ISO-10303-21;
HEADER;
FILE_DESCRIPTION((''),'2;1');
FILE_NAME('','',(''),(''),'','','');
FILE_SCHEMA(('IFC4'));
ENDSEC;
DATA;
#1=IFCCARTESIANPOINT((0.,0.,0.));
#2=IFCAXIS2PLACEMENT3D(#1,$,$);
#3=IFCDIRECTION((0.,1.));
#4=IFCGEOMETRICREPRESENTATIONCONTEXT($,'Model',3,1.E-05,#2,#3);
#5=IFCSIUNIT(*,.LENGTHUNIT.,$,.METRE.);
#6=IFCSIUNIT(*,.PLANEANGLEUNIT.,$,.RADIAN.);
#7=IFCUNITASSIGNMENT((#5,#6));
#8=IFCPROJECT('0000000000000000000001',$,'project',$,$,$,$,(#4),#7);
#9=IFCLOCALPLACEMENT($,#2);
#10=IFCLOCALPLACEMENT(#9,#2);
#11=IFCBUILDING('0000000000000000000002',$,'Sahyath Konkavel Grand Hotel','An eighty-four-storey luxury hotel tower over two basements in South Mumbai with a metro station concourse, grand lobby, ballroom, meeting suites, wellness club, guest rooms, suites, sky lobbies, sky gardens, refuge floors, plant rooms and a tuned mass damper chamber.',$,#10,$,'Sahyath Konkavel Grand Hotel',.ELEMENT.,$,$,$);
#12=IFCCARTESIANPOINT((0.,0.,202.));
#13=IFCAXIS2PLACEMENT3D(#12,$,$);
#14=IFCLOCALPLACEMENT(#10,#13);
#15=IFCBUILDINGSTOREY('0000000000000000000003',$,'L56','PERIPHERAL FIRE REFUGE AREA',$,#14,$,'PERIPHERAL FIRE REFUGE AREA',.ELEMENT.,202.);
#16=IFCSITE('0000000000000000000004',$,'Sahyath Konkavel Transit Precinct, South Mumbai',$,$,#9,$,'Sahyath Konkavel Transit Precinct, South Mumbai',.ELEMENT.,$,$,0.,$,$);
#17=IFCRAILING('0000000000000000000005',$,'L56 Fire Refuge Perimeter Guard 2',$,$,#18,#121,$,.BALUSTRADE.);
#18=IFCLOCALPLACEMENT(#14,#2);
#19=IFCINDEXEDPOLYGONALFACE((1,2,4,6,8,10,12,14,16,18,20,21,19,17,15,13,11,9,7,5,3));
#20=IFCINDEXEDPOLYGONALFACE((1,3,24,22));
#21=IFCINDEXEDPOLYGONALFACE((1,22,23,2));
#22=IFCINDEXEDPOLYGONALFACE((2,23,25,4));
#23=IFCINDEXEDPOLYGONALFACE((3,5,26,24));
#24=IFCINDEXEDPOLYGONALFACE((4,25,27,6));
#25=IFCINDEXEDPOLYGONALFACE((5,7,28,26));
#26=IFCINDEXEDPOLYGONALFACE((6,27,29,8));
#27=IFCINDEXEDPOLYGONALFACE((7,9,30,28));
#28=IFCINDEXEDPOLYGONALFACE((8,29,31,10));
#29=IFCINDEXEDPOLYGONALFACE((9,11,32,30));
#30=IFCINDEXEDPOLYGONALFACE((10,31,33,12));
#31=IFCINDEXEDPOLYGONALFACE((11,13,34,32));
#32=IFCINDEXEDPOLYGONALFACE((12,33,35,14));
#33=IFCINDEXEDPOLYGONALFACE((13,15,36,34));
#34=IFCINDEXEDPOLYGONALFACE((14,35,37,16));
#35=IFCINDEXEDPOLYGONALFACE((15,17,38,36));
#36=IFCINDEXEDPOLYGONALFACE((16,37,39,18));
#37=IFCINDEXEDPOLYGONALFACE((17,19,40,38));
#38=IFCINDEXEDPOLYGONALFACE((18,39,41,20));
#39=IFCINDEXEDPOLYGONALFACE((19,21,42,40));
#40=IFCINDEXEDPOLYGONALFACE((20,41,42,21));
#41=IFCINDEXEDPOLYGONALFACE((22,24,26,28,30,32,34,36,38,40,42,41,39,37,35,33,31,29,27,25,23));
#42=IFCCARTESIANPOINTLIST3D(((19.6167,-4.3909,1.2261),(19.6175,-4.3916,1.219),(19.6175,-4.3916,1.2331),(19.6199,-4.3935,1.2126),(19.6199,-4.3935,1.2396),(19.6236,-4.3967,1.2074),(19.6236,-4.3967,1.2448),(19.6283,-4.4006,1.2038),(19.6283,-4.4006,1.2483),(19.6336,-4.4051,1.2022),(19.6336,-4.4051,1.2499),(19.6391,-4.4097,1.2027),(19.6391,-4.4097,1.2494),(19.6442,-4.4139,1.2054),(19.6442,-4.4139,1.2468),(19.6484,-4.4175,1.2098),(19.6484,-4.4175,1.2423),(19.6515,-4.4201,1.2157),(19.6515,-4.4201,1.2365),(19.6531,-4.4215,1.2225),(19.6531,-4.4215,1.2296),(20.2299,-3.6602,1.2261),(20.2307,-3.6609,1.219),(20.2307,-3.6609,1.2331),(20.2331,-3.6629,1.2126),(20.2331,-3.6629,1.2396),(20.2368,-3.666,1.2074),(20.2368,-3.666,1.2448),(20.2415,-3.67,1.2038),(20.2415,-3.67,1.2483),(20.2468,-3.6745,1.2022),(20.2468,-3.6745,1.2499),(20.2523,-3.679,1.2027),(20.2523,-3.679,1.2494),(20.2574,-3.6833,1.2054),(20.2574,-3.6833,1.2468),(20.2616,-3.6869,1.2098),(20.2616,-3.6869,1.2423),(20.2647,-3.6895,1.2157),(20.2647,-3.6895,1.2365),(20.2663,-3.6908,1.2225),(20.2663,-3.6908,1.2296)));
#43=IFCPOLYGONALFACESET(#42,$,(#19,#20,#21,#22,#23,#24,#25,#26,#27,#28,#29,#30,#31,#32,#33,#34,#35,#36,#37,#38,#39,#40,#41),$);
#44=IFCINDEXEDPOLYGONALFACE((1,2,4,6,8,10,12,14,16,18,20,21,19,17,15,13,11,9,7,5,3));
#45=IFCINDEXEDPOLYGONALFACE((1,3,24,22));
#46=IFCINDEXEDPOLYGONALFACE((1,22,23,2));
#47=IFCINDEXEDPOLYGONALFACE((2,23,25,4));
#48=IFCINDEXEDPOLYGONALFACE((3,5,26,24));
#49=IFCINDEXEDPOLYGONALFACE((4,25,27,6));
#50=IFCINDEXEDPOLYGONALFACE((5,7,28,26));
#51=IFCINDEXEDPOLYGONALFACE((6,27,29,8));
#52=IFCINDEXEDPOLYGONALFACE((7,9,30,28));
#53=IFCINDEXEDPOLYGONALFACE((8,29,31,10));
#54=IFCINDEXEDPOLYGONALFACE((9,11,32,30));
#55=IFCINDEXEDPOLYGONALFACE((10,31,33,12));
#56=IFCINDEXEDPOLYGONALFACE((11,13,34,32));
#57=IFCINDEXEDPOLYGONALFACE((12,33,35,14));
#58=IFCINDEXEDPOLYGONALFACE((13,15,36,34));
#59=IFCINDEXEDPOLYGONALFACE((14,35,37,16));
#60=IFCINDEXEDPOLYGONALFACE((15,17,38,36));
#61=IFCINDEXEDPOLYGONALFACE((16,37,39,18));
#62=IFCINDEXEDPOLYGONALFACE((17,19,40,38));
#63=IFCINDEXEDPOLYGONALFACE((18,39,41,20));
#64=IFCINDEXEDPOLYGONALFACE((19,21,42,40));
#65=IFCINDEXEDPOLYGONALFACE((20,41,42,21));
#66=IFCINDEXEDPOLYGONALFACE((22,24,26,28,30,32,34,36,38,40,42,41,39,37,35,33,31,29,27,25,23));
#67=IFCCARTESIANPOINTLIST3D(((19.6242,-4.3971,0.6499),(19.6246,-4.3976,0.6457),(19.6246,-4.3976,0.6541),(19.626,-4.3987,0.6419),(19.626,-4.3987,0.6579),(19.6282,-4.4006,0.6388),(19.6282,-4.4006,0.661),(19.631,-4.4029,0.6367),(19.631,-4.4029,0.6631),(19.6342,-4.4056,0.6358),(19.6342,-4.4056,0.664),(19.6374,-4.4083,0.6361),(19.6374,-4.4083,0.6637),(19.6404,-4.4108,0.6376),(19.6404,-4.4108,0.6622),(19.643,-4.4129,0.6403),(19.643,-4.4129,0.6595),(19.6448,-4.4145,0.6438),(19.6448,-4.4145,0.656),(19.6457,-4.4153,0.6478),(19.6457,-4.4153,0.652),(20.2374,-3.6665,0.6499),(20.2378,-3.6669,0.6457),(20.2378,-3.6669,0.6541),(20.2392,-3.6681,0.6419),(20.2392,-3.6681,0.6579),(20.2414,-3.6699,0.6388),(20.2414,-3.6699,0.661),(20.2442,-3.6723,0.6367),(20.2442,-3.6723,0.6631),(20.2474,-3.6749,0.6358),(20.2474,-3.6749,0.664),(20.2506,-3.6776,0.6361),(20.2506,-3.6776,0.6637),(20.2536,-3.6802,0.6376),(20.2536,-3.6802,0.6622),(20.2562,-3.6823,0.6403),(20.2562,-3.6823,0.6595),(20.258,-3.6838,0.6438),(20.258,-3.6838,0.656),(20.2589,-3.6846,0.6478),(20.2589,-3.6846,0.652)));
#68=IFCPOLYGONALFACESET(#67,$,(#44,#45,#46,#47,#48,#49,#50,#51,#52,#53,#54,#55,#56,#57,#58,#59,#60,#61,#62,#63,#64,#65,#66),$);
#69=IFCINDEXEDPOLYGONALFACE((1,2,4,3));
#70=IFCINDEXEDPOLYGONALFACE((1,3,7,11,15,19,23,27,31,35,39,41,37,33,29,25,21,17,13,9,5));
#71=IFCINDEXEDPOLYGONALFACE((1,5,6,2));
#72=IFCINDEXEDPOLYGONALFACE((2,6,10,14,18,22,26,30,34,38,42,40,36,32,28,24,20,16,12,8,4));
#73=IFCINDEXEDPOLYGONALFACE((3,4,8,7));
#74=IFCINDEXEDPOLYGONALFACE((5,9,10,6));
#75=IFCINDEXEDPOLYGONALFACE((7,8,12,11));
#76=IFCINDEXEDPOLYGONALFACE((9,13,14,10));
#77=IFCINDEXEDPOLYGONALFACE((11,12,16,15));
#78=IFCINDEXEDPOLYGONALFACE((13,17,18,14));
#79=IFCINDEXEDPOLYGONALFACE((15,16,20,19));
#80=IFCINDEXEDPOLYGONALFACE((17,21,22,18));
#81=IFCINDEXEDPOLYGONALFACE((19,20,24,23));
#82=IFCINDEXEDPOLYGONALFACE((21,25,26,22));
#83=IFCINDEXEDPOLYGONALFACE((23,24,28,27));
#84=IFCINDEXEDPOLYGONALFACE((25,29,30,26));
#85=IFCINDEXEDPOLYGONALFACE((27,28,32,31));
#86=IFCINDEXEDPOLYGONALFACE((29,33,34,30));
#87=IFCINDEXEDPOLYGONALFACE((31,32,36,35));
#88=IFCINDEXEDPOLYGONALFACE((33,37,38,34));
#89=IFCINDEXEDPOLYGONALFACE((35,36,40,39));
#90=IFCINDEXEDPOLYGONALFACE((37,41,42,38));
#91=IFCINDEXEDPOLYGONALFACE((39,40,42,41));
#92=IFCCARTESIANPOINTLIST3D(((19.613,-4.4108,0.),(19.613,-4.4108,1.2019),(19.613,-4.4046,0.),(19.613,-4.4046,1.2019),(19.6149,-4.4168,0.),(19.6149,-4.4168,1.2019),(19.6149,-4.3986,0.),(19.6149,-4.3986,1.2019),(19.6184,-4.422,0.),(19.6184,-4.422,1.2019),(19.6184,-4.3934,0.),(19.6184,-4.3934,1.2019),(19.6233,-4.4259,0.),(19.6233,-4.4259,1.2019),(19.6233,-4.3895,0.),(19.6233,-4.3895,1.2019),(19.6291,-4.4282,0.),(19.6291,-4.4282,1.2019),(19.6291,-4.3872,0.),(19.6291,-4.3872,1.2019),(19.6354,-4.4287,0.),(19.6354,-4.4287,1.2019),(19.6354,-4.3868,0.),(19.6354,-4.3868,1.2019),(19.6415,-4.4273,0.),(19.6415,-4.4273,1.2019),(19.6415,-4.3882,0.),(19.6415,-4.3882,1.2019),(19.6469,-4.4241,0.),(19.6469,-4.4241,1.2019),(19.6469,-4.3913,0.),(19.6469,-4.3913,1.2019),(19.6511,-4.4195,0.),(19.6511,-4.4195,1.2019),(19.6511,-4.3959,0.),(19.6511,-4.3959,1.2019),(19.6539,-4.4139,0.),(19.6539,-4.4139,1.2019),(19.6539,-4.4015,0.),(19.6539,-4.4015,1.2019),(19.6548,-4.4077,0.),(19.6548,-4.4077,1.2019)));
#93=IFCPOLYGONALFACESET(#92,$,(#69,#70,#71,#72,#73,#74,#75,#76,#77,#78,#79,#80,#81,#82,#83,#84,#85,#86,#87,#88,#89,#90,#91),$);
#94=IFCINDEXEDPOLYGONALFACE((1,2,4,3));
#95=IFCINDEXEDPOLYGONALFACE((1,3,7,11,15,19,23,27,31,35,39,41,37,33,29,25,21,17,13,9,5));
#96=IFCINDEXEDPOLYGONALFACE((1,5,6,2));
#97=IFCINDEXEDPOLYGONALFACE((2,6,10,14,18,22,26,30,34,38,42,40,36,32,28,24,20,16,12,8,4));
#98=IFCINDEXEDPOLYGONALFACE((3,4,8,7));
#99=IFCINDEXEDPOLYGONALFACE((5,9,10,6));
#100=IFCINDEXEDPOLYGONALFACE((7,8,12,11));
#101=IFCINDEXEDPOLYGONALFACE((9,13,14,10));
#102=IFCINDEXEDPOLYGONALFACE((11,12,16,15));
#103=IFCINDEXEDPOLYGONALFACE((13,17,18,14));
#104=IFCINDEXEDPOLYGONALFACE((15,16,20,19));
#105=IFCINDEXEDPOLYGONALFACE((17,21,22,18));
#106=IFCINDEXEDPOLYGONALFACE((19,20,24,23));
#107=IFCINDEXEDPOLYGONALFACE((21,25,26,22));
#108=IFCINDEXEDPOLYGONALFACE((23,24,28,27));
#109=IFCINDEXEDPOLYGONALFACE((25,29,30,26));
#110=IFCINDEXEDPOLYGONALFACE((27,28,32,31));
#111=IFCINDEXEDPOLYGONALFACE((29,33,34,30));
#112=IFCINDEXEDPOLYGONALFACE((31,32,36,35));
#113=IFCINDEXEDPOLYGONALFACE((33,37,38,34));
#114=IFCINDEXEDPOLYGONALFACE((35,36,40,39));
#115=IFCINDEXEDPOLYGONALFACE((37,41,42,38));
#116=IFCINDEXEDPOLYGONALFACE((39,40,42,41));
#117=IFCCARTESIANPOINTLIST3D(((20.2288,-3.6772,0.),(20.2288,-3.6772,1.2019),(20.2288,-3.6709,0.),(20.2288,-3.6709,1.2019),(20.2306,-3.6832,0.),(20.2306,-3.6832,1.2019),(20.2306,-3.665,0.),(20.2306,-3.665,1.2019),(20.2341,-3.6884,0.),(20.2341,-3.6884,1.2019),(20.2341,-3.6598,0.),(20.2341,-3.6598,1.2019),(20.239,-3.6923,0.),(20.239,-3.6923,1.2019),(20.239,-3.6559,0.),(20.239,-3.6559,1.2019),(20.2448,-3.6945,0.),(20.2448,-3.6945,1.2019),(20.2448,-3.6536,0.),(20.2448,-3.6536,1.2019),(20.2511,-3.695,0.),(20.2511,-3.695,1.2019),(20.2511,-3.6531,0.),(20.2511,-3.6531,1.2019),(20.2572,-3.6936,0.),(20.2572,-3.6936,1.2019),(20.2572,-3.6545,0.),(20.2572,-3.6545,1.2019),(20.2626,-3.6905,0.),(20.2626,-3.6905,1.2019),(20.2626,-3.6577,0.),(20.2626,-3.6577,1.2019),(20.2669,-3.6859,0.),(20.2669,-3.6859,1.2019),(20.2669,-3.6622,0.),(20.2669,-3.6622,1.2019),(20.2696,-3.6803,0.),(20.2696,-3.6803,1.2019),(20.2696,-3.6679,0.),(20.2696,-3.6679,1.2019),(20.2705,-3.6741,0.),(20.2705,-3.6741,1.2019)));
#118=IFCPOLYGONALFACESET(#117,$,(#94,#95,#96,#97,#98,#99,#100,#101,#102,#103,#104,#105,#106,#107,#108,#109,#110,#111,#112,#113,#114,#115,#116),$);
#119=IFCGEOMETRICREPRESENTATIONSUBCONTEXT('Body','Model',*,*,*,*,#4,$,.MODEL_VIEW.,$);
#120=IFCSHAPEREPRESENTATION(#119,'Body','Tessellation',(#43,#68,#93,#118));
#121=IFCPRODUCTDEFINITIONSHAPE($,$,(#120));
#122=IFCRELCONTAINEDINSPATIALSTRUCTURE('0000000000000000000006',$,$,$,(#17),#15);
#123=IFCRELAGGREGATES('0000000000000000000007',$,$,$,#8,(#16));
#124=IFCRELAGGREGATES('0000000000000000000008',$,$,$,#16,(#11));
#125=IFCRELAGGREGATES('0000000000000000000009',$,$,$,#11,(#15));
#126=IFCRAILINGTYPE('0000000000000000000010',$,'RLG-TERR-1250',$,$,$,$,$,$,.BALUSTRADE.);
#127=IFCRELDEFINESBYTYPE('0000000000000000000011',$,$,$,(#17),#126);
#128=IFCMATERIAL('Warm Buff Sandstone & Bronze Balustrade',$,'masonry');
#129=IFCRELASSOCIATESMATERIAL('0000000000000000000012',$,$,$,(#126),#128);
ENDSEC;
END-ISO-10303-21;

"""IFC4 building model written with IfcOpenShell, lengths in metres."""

from ifc_helpers import new_model, si_unit, direction, frame, origin, origin_2d, place, context, subcontext, project, spatial, circle, extrude, material, type_object, element, save


model = new_model("IFC4")

# Units and contexts
model_context = context("Model", 3, precision=1e-05, world=origin(), true_north=direction((0.0, 1.0)))
body_context = subcontext(model_context, "Body", "Model", "MODEL_VIEW")
ifc_project = project(units=[si_unit("LENGTHUNIT", "METRE"), si_unit("PLANEANGLEUNIT", "RADIAN")], contexts=[model_context])

# Site, building, storey
site_placement = place(None, origin())
site = spatial("IfcSite", under=ifc_project, at=site_placement, Name="Sahyath Konkavel Transit Precinct, South Mumbai", LongName="Sahyath Konkavel Transit Precinct, South Mumbai", CompositionType="ELEMENT", RefElevation=0.0)
building_placement = place(site_placement, origin())
building = spatial("IfcBuilding", under=site, at=building_placement, Name="Sahyath Konkavel Grand Hotel", Description="An eighty-four-storey luxury hotel tower over two basements in South Mumbai with a metro station concourse, grand lobby, ballroom, meeting suites, wellness club, guest rooms, suites, sky lobbies, sky gardens, refuge floors, plant rooms and a tuned mass damper chamber.", LongName="Sahyath Konkavel Grand Hotel", CompositionType="ELEMENT")
storey_placement = place(building_placement, frame((0.0, 0.0, 202.0)))
storey = spatial("IfcBuildingStorey", under=building, at=storey_placement, Name="L56", Description="PERIPHERAL FIRE REFUGE AREA", LongName="PERIPHERAL FIRE REFUGE AREA", CompositionType="ELEMENT", Elevation=202.0)

# Railing
ifc_material_1 = material(Name="Warm Buff Sandstone & Bronze Balustrade", Category="masonry")
railing_type = type_object("IfcRailingType", Name="RLG-TERR-1250", PredefinedType="BALUSTRADE", material=ifc_material_1)
railing_1_placement = place(storey_placement, frame((19.6338, -4.4077, 0.0)))
element("IfcRailing", 1, at=railing_1_placement, inside=storey, type_object=railing_type, Name="L56 Fire Refuge Perimeter Guard 2", PredefinedType="BALUSTRADE", context=body_context, shape_type="SweptSolid", body=[
    extrude(circle(Radius=0.0239, at=origin_2d()), frame((0.0012, 0.0015, 1.2261), z_axis=(0.642863, 0.765981, 0.0), x_axis=(-0.765981, 0.642863, 0.0)), (0.0, 0.0, 1.0), 0.9539),
    extrude(circle(Radius=0.0142, at=origin_2d()), frame((0.0012, 0.0015, 0.6499), z_axis=(0.642863, 0.765981, 0.0), x_axis=(-0.765981, 0.642863, 0.0)), (0.0, 0.0, 1.0), 0.9539),
    extrude(circle(Radius=0.021, at=origin_2d()), origin(), (0.0, 0.0, 1.0), 1.2019),
    extrude(circle(Radius=0.021, at=origin_2d()), frame((0.6157, 0.7336, 0.0)), (0.0, 0.0, 1.0), 1.2019),
])

save(model, "model.ifc")
